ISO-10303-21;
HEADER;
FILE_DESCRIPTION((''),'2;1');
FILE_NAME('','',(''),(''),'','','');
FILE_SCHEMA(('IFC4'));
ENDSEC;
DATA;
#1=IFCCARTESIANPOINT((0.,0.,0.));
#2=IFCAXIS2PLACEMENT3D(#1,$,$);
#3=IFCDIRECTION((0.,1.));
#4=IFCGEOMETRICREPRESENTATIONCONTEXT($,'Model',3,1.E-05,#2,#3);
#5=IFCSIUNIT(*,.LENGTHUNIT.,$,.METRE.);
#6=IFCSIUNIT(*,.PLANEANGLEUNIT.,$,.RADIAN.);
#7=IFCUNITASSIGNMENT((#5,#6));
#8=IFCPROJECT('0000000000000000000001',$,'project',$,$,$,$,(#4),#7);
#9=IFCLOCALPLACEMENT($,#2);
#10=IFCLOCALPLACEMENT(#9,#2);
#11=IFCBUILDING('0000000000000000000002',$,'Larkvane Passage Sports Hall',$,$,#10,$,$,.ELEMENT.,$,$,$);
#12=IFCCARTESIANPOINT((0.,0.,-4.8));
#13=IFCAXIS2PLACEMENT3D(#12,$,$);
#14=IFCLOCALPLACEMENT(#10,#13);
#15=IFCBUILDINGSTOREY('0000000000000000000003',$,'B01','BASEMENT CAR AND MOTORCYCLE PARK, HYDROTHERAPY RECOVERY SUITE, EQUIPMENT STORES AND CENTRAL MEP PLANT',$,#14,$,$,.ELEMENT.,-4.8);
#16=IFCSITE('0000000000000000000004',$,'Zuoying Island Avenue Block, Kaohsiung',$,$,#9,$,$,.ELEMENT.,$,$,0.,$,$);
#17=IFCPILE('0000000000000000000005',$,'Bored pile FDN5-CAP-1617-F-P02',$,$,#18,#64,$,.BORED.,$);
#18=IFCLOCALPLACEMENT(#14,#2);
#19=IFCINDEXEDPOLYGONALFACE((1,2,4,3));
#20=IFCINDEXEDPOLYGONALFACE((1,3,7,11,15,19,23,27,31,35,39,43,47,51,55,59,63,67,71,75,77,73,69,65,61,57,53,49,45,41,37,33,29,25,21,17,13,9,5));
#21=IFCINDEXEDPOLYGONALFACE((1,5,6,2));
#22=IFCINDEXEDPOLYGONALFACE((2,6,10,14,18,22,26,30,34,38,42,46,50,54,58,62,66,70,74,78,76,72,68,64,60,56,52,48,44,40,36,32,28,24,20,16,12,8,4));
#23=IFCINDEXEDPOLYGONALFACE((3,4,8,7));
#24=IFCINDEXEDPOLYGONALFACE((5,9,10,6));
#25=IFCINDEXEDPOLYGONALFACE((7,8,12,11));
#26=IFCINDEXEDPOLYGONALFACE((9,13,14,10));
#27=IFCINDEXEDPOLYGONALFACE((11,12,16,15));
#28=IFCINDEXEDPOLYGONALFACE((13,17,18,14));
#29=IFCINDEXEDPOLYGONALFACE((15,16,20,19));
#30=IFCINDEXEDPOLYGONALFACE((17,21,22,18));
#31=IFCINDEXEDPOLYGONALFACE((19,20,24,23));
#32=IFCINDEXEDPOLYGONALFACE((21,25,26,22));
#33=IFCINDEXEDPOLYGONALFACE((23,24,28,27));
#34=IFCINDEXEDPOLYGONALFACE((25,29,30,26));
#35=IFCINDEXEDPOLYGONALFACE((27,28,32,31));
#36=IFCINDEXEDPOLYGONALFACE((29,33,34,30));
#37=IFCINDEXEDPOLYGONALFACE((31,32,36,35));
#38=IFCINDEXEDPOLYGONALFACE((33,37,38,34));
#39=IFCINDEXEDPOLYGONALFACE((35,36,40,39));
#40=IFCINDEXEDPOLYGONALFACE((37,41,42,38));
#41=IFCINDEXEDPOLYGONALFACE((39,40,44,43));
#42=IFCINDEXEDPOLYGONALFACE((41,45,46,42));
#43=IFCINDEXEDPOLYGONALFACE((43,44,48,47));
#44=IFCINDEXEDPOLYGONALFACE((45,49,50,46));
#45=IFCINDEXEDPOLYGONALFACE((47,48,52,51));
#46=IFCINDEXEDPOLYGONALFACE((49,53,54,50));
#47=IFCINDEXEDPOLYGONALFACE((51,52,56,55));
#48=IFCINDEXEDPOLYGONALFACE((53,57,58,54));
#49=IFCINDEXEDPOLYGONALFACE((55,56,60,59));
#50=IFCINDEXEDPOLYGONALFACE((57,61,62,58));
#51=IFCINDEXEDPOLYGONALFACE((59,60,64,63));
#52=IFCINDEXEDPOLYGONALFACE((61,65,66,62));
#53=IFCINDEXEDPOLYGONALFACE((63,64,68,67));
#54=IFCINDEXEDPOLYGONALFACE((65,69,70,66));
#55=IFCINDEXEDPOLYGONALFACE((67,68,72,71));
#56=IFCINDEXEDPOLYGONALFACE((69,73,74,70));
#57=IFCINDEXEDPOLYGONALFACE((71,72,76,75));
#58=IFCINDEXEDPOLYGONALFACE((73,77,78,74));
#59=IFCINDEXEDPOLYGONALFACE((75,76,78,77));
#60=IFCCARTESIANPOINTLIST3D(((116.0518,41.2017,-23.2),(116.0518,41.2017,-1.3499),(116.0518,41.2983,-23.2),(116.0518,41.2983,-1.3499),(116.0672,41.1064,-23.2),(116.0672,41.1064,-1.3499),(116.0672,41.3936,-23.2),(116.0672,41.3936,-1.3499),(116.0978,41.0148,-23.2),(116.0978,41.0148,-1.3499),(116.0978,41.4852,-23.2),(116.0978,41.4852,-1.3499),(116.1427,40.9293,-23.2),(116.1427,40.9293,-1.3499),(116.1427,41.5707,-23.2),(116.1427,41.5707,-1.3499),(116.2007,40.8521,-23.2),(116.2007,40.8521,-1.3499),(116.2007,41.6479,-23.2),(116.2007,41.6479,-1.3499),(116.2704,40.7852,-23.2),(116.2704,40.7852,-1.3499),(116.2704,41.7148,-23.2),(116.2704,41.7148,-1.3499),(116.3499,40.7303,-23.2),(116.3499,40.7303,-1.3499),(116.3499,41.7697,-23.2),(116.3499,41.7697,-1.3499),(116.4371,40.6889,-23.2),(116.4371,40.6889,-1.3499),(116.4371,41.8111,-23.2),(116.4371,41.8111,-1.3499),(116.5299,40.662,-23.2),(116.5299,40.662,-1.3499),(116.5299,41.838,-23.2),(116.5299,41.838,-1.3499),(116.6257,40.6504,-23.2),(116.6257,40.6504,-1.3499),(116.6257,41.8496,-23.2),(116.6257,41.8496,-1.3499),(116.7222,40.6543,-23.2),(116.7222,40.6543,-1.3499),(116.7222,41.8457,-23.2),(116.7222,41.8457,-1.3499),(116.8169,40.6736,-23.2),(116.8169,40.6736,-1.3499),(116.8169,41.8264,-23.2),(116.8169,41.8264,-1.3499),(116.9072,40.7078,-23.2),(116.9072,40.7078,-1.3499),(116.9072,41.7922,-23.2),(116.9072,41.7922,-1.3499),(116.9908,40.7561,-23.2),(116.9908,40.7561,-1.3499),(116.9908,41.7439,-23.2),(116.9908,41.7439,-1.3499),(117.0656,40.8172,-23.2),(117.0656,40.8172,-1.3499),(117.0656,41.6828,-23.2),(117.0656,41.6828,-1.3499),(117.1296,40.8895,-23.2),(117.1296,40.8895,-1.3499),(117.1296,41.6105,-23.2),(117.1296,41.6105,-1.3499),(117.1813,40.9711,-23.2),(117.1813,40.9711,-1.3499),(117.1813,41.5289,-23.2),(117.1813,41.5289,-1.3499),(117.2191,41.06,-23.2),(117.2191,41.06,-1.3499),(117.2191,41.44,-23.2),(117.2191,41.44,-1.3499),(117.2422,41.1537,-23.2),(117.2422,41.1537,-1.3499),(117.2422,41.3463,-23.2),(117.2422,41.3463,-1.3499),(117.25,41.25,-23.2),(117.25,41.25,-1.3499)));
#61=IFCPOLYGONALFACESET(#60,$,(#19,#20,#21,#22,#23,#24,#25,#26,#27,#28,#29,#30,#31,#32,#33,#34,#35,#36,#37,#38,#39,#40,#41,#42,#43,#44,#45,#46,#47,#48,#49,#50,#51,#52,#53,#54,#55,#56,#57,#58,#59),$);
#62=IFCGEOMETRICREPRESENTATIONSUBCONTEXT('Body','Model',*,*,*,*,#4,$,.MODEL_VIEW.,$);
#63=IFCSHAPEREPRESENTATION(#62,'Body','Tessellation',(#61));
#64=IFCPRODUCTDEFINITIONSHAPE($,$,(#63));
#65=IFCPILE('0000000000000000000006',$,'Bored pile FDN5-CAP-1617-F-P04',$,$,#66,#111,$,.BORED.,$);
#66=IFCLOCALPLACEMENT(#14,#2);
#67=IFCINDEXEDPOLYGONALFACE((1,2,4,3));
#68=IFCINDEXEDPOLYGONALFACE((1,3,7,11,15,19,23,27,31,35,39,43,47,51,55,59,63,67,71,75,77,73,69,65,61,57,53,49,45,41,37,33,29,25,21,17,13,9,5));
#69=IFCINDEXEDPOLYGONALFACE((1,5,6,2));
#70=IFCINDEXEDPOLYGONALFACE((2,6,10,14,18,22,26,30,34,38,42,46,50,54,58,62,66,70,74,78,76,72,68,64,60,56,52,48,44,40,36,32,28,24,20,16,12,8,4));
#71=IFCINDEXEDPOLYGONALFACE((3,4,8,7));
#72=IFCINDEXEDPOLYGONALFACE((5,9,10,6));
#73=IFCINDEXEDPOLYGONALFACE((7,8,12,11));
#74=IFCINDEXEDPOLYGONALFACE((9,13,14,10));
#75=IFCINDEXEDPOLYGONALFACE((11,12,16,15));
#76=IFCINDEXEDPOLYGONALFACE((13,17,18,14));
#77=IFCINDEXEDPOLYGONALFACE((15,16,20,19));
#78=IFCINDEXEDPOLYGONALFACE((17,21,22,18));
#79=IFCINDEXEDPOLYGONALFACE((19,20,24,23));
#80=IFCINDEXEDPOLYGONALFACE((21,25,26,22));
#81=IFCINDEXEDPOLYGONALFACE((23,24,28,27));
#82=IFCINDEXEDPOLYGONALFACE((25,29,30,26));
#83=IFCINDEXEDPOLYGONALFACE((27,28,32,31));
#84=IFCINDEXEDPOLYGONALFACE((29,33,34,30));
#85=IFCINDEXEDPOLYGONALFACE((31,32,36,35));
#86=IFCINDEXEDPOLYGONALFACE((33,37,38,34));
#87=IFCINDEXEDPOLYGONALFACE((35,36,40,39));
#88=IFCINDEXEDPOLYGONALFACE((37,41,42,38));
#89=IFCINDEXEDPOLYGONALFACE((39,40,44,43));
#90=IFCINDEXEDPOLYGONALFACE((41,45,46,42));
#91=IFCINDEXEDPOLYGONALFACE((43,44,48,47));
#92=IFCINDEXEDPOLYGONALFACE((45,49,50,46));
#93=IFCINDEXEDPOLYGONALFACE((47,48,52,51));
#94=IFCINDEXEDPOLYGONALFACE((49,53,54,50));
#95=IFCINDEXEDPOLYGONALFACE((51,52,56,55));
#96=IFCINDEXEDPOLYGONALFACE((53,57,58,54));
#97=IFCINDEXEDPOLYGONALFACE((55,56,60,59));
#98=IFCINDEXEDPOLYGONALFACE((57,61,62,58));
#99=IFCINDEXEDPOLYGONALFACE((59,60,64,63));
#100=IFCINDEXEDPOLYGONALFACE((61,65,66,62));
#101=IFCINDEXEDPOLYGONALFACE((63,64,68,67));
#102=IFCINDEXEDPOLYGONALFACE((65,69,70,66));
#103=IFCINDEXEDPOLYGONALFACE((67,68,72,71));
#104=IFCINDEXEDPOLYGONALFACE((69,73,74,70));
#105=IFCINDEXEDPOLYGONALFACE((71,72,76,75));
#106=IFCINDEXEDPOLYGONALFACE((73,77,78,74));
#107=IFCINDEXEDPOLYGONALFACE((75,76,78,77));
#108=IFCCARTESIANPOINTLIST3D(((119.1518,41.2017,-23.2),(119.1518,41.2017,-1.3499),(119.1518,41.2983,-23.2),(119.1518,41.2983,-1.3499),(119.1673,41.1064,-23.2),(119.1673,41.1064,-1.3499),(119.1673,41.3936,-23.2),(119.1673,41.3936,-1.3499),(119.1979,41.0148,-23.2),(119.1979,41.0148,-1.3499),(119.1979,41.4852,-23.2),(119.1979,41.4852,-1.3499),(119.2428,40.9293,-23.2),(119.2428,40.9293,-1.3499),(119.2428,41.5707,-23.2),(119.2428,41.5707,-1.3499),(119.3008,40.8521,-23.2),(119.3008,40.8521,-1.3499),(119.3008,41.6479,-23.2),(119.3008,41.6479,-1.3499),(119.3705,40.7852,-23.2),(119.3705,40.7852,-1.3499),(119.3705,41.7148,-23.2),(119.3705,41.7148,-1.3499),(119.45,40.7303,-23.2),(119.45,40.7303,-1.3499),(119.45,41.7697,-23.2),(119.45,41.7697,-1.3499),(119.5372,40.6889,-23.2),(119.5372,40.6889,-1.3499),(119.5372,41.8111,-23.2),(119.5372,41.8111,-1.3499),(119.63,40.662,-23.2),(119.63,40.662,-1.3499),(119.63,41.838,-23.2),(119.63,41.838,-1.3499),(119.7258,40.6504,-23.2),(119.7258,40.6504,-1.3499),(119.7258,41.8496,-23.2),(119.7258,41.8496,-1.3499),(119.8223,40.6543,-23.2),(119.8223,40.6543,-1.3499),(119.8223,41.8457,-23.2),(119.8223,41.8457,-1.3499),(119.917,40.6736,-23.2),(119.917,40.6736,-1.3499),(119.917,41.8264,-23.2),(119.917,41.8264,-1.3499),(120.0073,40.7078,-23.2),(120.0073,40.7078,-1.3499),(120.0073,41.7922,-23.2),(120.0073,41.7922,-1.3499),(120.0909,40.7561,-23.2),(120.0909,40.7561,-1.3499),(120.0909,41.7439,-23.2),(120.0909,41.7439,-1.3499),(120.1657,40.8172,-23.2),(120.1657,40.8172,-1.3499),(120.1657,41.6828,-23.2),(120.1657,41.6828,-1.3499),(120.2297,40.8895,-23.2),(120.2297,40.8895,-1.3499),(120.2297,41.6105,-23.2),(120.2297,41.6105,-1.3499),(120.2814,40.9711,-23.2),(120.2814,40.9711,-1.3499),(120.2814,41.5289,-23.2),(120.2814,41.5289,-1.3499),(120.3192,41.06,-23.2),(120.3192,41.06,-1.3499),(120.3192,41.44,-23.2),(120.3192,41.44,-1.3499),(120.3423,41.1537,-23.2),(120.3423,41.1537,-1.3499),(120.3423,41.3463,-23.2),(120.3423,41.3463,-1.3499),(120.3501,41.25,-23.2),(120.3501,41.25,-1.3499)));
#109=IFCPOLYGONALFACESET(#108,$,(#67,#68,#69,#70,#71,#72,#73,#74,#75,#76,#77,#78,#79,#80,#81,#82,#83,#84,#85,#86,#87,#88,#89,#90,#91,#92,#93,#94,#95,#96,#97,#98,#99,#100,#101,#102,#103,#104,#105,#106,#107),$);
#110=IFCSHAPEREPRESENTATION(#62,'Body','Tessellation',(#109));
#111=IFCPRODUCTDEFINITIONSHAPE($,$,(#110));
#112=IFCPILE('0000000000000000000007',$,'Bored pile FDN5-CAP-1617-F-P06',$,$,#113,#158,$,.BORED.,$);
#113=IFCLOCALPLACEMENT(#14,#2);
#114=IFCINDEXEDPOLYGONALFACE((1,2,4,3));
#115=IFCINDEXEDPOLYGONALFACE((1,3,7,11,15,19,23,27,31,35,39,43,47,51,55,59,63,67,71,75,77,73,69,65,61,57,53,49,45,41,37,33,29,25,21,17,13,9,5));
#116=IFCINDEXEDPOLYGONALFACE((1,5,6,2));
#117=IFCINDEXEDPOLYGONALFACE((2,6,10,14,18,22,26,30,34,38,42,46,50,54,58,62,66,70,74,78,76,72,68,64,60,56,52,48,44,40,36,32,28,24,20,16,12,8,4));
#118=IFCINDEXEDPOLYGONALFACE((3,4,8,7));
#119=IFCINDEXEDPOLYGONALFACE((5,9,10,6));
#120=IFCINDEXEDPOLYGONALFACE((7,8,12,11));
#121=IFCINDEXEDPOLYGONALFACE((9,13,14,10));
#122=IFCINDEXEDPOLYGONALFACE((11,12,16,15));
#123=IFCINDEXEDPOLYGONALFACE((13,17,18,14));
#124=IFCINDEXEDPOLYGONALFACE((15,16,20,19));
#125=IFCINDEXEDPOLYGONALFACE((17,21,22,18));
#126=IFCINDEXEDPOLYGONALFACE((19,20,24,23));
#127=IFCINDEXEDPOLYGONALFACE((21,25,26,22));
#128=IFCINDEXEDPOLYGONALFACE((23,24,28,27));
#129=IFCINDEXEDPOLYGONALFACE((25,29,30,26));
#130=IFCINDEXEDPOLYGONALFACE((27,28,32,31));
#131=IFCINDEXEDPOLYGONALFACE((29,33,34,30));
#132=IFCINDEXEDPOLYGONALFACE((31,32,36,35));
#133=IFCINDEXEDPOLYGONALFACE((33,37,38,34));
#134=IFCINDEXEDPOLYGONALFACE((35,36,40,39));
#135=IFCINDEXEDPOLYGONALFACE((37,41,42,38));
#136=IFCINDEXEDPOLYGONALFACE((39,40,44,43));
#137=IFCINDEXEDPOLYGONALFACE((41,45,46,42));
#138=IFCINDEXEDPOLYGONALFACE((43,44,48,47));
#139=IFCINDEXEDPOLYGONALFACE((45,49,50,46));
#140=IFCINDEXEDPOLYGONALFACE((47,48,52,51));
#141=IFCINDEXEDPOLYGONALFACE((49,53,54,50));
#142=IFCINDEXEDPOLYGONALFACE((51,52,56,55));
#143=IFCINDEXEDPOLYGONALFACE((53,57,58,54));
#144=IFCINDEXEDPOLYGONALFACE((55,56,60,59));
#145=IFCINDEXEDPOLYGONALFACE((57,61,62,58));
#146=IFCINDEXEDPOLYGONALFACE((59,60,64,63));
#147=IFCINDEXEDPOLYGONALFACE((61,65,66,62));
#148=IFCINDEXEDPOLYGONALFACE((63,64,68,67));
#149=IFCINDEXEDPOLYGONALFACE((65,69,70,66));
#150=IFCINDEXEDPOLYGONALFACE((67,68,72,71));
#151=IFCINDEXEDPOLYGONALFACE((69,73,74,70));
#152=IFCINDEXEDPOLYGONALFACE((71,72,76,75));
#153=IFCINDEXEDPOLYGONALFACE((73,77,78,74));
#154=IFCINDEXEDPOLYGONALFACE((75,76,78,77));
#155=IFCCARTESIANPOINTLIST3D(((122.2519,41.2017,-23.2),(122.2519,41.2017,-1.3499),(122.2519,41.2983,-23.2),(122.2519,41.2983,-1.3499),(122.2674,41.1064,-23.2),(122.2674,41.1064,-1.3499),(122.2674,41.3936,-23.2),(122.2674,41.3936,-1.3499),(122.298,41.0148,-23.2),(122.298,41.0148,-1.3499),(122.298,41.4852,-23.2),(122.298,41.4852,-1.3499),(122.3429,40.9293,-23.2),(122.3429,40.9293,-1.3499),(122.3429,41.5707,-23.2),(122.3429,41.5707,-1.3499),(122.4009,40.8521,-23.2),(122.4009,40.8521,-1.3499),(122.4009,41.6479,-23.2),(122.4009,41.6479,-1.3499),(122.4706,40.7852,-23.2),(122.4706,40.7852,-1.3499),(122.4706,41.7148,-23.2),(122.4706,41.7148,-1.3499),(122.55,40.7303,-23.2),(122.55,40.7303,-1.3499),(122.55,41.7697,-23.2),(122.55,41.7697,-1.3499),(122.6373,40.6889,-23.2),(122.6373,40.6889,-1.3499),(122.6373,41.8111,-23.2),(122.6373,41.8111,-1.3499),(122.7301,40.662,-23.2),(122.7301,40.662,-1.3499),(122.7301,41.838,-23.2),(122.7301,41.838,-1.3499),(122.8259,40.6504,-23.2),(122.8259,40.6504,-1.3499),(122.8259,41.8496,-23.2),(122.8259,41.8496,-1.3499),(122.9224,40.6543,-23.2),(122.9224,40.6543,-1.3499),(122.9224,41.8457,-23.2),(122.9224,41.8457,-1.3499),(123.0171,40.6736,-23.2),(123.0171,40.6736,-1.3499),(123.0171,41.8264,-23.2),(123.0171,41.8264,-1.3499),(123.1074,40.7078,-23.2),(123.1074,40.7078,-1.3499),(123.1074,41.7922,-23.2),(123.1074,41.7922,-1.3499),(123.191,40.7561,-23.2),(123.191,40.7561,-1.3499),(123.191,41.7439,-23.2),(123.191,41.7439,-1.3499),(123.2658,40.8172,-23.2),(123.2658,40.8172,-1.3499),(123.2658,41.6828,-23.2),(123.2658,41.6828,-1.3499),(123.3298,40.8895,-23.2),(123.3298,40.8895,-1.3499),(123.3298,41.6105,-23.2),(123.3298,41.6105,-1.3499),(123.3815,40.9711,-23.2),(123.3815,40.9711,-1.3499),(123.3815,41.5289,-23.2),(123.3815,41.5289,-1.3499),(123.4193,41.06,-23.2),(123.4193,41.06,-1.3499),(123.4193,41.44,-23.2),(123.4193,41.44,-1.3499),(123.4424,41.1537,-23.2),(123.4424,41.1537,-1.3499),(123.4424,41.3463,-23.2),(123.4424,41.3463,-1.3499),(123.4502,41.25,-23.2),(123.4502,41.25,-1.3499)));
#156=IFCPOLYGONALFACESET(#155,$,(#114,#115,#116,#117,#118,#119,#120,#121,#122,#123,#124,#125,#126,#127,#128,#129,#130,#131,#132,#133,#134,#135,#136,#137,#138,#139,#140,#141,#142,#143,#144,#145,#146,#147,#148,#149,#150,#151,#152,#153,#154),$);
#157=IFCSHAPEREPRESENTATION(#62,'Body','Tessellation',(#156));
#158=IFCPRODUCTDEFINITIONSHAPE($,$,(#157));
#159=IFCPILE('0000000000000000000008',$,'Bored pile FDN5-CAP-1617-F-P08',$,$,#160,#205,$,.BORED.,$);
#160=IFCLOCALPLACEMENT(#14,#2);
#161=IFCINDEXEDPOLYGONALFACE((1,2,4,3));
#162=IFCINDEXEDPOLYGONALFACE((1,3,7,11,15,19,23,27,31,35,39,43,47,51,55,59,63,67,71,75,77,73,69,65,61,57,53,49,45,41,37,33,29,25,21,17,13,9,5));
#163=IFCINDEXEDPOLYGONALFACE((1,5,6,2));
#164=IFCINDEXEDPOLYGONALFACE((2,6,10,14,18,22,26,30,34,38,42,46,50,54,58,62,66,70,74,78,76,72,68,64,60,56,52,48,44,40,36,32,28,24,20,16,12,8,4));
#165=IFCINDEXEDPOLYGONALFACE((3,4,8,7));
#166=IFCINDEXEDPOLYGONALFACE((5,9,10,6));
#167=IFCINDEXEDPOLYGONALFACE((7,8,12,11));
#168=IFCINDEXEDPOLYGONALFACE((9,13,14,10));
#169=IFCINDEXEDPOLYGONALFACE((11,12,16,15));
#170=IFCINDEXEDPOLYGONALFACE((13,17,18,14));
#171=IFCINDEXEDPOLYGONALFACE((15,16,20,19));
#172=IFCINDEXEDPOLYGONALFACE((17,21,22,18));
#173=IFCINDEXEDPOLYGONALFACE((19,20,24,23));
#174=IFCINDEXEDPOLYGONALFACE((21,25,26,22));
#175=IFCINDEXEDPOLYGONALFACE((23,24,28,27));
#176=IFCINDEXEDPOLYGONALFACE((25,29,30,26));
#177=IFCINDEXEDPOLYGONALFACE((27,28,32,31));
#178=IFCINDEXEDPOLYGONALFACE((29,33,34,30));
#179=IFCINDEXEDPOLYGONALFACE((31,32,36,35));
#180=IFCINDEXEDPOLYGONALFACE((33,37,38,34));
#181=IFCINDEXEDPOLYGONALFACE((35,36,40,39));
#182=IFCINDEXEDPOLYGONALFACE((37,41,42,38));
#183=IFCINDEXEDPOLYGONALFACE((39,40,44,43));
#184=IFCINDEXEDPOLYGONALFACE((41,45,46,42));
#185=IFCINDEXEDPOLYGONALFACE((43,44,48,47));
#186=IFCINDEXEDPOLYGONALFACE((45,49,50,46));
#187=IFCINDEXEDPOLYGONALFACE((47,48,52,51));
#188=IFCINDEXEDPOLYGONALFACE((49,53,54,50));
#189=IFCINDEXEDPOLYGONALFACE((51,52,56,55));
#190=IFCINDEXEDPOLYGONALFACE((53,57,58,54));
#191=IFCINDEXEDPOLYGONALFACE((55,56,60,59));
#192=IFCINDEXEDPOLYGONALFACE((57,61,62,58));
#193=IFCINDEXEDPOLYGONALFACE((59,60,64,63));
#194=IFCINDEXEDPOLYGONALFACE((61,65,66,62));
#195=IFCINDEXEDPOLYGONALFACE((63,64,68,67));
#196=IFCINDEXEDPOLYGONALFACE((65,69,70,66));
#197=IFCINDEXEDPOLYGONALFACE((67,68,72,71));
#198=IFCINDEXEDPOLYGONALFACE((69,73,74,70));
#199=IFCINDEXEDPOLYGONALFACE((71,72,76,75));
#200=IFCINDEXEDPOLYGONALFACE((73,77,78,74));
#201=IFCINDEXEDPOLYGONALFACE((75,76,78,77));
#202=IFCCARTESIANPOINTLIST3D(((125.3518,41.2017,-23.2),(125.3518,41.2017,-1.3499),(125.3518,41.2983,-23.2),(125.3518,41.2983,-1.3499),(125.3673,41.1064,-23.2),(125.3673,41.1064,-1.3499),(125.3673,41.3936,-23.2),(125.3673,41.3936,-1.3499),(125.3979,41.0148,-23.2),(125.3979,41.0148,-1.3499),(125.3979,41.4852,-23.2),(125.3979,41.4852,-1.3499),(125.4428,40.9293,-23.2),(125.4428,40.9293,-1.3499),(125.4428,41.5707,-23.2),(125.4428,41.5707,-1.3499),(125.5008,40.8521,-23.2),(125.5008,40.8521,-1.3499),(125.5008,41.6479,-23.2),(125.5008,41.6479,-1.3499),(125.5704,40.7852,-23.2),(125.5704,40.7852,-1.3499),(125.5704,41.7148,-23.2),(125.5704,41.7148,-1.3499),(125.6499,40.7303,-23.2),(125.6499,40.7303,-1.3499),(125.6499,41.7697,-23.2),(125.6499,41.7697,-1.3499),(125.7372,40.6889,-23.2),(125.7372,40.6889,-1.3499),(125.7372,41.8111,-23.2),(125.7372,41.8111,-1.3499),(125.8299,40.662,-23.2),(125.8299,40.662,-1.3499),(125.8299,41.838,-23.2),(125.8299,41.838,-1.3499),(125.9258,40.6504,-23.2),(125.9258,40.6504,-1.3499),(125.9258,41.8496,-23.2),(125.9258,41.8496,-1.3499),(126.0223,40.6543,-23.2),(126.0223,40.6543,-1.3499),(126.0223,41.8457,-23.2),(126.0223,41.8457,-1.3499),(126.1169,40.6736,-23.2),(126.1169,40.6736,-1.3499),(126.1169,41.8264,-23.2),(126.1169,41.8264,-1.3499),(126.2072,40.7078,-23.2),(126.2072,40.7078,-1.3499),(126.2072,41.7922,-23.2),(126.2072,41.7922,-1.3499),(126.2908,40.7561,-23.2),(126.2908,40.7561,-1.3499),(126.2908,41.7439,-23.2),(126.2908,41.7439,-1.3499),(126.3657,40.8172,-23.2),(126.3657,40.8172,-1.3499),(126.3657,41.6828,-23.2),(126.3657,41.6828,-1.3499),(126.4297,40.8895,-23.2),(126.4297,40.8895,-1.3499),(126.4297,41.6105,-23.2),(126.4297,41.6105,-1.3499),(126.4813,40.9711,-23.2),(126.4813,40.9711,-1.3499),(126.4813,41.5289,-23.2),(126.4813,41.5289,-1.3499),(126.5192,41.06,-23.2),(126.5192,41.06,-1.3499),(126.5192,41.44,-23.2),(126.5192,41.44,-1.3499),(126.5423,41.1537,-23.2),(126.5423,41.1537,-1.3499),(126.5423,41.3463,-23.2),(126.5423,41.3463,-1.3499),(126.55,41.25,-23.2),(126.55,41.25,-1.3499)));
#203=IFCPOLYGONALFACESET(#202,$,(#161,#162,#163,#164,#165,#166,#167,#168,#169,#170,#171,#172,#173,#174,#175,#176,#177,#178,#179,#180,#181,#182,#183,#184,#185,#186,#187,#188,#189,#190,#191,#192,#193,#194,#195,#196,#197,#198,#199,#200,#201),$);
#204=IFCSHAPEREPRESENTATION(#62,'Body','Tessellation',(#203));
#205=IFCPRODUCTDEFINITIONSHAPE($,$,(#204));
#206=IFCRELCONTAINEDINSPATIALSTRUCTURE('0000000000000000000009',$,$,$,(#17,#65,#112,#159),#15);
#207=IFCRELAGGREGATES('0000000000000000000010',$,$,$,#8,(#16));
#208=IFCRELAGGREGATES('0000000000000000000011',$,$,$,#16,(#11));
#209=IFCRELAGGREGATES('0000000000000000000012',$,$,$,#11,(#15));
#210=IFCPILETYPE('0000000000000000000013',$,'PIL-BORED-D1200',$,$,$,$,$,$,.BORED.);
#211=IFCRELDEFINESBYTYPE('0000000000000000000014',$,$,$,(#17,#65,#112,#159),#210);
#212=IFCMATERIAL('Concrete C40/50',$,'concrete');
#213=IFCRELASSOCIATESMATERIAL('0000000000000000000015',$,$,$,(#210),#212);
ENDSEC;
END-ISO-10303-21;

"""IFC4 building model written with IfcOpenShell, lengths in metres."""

from ifc_helpers import new_model, si_unit, direction, frame, origin, origin_2d, place, context, subcontext, project, spatial, circle, extrude, material, material_profile, profile_set, type_object, element, save


model = new_model("IFC4")

# Units and contexts
model_context = context("Model", 3, precision=1e-05, world=origin(), true_north=direction((0.0, 1.0)))
body_context = subcontext(model_context, "Body", "Model", "MODEL_VIEW")
ifc_project = project(units=[si_unit("LENGTHUNIT", "METRE"), si_unit("PLANEANGLEUNIT", "RADIAN")], contexts=[model_context])

# Site, building, storey
site_placement = place(None, origin())
site = spatial("IfcSite", under=ifc_project, at=site_placement, Name="Zuoying Island Avenue Block, Kaohsiung", CompositionType="ELEMENT", RefElevation=0.0)
building_placement = place(site_placement, origin())
building = spatial("IfcBuilding", under=site, at=building_placement, Name="Larkvane Passage Sports Hall", CompositionType="ELEMENT")
storey_placement = place(building_placement, frame((0.0, 0.0, -4.8)))
storey = spatial("IfcBuildingStorey", under=building, at=storey_placement, Name="B01", Description="BASEMENT CAR AND MOTORCYCLE PARK, HYDROTHERAPY RECOVERY SUITE, EQUIPMENT STORES AND CENTRAL MEP PLANT", CompositionType="ELEMENT", Elevation=-4.8)

# Shared definitions
ifc_material_1 = material(Name="Concrete C40/50", Category="concrete")

# Piles
ifc_material_profile_1 = material_profile(ifc_material_1, circle(Radius=0.6001, at=origin_2d()), Name="PILE-D1200")
ifc_profile_set_1 = profile_set([ifc_material_profile_1], Name="Concrete C40/50")
pile_type_1 = type_object("IfcPileType", Name="PIL-BORED-D1200", PredefinedType="BORED", material=ifc_profile_set_1)
for number, where, z_axis, x_axis, name in (
    (1, (116.6499, 41.25, -1.3499), (0.0, 0.0, -1.0), (1.0, 0.0, 0.0), "Bored pile FDN5-CAP-1617-F-P02"),
    (2, (119.75, 41.25, -1.3499), (0.0, 0.0, -1.0), (1.0, 0.0, 0.0), "Bored pile FDN5-CAP-1617-F-P04"),
    (3, (122.8501, 41.25, -1.3499), (0.0, 0.0, -1.0), (1.0, 0.0, 0.0), "Bored pile FDN5-CAP-1617-F-P06"),
    (4, (125.95, 41.25, -1.3499), (0.0, 0.0, -1.0), (1.0, 0.0, 0.0), "Bored pile FDN5-CAP-1617-F-P08"),
):
    element("IfcPile", number, at=place(storey_placement, frame(where, z_axis=z_axis, x_axis=x_axis)), inside=storey, type_object=pile_type_1, Name=name, PredefinedType="BORED", context=body_context, shape_type="SweptSolid", body=[
        extrude(circle(Radius=0.6001, at=origin_2d()), origin(), (0.0, 0.0, 1.0), 21.8501),
    ])

save(model, "model.ifc")
